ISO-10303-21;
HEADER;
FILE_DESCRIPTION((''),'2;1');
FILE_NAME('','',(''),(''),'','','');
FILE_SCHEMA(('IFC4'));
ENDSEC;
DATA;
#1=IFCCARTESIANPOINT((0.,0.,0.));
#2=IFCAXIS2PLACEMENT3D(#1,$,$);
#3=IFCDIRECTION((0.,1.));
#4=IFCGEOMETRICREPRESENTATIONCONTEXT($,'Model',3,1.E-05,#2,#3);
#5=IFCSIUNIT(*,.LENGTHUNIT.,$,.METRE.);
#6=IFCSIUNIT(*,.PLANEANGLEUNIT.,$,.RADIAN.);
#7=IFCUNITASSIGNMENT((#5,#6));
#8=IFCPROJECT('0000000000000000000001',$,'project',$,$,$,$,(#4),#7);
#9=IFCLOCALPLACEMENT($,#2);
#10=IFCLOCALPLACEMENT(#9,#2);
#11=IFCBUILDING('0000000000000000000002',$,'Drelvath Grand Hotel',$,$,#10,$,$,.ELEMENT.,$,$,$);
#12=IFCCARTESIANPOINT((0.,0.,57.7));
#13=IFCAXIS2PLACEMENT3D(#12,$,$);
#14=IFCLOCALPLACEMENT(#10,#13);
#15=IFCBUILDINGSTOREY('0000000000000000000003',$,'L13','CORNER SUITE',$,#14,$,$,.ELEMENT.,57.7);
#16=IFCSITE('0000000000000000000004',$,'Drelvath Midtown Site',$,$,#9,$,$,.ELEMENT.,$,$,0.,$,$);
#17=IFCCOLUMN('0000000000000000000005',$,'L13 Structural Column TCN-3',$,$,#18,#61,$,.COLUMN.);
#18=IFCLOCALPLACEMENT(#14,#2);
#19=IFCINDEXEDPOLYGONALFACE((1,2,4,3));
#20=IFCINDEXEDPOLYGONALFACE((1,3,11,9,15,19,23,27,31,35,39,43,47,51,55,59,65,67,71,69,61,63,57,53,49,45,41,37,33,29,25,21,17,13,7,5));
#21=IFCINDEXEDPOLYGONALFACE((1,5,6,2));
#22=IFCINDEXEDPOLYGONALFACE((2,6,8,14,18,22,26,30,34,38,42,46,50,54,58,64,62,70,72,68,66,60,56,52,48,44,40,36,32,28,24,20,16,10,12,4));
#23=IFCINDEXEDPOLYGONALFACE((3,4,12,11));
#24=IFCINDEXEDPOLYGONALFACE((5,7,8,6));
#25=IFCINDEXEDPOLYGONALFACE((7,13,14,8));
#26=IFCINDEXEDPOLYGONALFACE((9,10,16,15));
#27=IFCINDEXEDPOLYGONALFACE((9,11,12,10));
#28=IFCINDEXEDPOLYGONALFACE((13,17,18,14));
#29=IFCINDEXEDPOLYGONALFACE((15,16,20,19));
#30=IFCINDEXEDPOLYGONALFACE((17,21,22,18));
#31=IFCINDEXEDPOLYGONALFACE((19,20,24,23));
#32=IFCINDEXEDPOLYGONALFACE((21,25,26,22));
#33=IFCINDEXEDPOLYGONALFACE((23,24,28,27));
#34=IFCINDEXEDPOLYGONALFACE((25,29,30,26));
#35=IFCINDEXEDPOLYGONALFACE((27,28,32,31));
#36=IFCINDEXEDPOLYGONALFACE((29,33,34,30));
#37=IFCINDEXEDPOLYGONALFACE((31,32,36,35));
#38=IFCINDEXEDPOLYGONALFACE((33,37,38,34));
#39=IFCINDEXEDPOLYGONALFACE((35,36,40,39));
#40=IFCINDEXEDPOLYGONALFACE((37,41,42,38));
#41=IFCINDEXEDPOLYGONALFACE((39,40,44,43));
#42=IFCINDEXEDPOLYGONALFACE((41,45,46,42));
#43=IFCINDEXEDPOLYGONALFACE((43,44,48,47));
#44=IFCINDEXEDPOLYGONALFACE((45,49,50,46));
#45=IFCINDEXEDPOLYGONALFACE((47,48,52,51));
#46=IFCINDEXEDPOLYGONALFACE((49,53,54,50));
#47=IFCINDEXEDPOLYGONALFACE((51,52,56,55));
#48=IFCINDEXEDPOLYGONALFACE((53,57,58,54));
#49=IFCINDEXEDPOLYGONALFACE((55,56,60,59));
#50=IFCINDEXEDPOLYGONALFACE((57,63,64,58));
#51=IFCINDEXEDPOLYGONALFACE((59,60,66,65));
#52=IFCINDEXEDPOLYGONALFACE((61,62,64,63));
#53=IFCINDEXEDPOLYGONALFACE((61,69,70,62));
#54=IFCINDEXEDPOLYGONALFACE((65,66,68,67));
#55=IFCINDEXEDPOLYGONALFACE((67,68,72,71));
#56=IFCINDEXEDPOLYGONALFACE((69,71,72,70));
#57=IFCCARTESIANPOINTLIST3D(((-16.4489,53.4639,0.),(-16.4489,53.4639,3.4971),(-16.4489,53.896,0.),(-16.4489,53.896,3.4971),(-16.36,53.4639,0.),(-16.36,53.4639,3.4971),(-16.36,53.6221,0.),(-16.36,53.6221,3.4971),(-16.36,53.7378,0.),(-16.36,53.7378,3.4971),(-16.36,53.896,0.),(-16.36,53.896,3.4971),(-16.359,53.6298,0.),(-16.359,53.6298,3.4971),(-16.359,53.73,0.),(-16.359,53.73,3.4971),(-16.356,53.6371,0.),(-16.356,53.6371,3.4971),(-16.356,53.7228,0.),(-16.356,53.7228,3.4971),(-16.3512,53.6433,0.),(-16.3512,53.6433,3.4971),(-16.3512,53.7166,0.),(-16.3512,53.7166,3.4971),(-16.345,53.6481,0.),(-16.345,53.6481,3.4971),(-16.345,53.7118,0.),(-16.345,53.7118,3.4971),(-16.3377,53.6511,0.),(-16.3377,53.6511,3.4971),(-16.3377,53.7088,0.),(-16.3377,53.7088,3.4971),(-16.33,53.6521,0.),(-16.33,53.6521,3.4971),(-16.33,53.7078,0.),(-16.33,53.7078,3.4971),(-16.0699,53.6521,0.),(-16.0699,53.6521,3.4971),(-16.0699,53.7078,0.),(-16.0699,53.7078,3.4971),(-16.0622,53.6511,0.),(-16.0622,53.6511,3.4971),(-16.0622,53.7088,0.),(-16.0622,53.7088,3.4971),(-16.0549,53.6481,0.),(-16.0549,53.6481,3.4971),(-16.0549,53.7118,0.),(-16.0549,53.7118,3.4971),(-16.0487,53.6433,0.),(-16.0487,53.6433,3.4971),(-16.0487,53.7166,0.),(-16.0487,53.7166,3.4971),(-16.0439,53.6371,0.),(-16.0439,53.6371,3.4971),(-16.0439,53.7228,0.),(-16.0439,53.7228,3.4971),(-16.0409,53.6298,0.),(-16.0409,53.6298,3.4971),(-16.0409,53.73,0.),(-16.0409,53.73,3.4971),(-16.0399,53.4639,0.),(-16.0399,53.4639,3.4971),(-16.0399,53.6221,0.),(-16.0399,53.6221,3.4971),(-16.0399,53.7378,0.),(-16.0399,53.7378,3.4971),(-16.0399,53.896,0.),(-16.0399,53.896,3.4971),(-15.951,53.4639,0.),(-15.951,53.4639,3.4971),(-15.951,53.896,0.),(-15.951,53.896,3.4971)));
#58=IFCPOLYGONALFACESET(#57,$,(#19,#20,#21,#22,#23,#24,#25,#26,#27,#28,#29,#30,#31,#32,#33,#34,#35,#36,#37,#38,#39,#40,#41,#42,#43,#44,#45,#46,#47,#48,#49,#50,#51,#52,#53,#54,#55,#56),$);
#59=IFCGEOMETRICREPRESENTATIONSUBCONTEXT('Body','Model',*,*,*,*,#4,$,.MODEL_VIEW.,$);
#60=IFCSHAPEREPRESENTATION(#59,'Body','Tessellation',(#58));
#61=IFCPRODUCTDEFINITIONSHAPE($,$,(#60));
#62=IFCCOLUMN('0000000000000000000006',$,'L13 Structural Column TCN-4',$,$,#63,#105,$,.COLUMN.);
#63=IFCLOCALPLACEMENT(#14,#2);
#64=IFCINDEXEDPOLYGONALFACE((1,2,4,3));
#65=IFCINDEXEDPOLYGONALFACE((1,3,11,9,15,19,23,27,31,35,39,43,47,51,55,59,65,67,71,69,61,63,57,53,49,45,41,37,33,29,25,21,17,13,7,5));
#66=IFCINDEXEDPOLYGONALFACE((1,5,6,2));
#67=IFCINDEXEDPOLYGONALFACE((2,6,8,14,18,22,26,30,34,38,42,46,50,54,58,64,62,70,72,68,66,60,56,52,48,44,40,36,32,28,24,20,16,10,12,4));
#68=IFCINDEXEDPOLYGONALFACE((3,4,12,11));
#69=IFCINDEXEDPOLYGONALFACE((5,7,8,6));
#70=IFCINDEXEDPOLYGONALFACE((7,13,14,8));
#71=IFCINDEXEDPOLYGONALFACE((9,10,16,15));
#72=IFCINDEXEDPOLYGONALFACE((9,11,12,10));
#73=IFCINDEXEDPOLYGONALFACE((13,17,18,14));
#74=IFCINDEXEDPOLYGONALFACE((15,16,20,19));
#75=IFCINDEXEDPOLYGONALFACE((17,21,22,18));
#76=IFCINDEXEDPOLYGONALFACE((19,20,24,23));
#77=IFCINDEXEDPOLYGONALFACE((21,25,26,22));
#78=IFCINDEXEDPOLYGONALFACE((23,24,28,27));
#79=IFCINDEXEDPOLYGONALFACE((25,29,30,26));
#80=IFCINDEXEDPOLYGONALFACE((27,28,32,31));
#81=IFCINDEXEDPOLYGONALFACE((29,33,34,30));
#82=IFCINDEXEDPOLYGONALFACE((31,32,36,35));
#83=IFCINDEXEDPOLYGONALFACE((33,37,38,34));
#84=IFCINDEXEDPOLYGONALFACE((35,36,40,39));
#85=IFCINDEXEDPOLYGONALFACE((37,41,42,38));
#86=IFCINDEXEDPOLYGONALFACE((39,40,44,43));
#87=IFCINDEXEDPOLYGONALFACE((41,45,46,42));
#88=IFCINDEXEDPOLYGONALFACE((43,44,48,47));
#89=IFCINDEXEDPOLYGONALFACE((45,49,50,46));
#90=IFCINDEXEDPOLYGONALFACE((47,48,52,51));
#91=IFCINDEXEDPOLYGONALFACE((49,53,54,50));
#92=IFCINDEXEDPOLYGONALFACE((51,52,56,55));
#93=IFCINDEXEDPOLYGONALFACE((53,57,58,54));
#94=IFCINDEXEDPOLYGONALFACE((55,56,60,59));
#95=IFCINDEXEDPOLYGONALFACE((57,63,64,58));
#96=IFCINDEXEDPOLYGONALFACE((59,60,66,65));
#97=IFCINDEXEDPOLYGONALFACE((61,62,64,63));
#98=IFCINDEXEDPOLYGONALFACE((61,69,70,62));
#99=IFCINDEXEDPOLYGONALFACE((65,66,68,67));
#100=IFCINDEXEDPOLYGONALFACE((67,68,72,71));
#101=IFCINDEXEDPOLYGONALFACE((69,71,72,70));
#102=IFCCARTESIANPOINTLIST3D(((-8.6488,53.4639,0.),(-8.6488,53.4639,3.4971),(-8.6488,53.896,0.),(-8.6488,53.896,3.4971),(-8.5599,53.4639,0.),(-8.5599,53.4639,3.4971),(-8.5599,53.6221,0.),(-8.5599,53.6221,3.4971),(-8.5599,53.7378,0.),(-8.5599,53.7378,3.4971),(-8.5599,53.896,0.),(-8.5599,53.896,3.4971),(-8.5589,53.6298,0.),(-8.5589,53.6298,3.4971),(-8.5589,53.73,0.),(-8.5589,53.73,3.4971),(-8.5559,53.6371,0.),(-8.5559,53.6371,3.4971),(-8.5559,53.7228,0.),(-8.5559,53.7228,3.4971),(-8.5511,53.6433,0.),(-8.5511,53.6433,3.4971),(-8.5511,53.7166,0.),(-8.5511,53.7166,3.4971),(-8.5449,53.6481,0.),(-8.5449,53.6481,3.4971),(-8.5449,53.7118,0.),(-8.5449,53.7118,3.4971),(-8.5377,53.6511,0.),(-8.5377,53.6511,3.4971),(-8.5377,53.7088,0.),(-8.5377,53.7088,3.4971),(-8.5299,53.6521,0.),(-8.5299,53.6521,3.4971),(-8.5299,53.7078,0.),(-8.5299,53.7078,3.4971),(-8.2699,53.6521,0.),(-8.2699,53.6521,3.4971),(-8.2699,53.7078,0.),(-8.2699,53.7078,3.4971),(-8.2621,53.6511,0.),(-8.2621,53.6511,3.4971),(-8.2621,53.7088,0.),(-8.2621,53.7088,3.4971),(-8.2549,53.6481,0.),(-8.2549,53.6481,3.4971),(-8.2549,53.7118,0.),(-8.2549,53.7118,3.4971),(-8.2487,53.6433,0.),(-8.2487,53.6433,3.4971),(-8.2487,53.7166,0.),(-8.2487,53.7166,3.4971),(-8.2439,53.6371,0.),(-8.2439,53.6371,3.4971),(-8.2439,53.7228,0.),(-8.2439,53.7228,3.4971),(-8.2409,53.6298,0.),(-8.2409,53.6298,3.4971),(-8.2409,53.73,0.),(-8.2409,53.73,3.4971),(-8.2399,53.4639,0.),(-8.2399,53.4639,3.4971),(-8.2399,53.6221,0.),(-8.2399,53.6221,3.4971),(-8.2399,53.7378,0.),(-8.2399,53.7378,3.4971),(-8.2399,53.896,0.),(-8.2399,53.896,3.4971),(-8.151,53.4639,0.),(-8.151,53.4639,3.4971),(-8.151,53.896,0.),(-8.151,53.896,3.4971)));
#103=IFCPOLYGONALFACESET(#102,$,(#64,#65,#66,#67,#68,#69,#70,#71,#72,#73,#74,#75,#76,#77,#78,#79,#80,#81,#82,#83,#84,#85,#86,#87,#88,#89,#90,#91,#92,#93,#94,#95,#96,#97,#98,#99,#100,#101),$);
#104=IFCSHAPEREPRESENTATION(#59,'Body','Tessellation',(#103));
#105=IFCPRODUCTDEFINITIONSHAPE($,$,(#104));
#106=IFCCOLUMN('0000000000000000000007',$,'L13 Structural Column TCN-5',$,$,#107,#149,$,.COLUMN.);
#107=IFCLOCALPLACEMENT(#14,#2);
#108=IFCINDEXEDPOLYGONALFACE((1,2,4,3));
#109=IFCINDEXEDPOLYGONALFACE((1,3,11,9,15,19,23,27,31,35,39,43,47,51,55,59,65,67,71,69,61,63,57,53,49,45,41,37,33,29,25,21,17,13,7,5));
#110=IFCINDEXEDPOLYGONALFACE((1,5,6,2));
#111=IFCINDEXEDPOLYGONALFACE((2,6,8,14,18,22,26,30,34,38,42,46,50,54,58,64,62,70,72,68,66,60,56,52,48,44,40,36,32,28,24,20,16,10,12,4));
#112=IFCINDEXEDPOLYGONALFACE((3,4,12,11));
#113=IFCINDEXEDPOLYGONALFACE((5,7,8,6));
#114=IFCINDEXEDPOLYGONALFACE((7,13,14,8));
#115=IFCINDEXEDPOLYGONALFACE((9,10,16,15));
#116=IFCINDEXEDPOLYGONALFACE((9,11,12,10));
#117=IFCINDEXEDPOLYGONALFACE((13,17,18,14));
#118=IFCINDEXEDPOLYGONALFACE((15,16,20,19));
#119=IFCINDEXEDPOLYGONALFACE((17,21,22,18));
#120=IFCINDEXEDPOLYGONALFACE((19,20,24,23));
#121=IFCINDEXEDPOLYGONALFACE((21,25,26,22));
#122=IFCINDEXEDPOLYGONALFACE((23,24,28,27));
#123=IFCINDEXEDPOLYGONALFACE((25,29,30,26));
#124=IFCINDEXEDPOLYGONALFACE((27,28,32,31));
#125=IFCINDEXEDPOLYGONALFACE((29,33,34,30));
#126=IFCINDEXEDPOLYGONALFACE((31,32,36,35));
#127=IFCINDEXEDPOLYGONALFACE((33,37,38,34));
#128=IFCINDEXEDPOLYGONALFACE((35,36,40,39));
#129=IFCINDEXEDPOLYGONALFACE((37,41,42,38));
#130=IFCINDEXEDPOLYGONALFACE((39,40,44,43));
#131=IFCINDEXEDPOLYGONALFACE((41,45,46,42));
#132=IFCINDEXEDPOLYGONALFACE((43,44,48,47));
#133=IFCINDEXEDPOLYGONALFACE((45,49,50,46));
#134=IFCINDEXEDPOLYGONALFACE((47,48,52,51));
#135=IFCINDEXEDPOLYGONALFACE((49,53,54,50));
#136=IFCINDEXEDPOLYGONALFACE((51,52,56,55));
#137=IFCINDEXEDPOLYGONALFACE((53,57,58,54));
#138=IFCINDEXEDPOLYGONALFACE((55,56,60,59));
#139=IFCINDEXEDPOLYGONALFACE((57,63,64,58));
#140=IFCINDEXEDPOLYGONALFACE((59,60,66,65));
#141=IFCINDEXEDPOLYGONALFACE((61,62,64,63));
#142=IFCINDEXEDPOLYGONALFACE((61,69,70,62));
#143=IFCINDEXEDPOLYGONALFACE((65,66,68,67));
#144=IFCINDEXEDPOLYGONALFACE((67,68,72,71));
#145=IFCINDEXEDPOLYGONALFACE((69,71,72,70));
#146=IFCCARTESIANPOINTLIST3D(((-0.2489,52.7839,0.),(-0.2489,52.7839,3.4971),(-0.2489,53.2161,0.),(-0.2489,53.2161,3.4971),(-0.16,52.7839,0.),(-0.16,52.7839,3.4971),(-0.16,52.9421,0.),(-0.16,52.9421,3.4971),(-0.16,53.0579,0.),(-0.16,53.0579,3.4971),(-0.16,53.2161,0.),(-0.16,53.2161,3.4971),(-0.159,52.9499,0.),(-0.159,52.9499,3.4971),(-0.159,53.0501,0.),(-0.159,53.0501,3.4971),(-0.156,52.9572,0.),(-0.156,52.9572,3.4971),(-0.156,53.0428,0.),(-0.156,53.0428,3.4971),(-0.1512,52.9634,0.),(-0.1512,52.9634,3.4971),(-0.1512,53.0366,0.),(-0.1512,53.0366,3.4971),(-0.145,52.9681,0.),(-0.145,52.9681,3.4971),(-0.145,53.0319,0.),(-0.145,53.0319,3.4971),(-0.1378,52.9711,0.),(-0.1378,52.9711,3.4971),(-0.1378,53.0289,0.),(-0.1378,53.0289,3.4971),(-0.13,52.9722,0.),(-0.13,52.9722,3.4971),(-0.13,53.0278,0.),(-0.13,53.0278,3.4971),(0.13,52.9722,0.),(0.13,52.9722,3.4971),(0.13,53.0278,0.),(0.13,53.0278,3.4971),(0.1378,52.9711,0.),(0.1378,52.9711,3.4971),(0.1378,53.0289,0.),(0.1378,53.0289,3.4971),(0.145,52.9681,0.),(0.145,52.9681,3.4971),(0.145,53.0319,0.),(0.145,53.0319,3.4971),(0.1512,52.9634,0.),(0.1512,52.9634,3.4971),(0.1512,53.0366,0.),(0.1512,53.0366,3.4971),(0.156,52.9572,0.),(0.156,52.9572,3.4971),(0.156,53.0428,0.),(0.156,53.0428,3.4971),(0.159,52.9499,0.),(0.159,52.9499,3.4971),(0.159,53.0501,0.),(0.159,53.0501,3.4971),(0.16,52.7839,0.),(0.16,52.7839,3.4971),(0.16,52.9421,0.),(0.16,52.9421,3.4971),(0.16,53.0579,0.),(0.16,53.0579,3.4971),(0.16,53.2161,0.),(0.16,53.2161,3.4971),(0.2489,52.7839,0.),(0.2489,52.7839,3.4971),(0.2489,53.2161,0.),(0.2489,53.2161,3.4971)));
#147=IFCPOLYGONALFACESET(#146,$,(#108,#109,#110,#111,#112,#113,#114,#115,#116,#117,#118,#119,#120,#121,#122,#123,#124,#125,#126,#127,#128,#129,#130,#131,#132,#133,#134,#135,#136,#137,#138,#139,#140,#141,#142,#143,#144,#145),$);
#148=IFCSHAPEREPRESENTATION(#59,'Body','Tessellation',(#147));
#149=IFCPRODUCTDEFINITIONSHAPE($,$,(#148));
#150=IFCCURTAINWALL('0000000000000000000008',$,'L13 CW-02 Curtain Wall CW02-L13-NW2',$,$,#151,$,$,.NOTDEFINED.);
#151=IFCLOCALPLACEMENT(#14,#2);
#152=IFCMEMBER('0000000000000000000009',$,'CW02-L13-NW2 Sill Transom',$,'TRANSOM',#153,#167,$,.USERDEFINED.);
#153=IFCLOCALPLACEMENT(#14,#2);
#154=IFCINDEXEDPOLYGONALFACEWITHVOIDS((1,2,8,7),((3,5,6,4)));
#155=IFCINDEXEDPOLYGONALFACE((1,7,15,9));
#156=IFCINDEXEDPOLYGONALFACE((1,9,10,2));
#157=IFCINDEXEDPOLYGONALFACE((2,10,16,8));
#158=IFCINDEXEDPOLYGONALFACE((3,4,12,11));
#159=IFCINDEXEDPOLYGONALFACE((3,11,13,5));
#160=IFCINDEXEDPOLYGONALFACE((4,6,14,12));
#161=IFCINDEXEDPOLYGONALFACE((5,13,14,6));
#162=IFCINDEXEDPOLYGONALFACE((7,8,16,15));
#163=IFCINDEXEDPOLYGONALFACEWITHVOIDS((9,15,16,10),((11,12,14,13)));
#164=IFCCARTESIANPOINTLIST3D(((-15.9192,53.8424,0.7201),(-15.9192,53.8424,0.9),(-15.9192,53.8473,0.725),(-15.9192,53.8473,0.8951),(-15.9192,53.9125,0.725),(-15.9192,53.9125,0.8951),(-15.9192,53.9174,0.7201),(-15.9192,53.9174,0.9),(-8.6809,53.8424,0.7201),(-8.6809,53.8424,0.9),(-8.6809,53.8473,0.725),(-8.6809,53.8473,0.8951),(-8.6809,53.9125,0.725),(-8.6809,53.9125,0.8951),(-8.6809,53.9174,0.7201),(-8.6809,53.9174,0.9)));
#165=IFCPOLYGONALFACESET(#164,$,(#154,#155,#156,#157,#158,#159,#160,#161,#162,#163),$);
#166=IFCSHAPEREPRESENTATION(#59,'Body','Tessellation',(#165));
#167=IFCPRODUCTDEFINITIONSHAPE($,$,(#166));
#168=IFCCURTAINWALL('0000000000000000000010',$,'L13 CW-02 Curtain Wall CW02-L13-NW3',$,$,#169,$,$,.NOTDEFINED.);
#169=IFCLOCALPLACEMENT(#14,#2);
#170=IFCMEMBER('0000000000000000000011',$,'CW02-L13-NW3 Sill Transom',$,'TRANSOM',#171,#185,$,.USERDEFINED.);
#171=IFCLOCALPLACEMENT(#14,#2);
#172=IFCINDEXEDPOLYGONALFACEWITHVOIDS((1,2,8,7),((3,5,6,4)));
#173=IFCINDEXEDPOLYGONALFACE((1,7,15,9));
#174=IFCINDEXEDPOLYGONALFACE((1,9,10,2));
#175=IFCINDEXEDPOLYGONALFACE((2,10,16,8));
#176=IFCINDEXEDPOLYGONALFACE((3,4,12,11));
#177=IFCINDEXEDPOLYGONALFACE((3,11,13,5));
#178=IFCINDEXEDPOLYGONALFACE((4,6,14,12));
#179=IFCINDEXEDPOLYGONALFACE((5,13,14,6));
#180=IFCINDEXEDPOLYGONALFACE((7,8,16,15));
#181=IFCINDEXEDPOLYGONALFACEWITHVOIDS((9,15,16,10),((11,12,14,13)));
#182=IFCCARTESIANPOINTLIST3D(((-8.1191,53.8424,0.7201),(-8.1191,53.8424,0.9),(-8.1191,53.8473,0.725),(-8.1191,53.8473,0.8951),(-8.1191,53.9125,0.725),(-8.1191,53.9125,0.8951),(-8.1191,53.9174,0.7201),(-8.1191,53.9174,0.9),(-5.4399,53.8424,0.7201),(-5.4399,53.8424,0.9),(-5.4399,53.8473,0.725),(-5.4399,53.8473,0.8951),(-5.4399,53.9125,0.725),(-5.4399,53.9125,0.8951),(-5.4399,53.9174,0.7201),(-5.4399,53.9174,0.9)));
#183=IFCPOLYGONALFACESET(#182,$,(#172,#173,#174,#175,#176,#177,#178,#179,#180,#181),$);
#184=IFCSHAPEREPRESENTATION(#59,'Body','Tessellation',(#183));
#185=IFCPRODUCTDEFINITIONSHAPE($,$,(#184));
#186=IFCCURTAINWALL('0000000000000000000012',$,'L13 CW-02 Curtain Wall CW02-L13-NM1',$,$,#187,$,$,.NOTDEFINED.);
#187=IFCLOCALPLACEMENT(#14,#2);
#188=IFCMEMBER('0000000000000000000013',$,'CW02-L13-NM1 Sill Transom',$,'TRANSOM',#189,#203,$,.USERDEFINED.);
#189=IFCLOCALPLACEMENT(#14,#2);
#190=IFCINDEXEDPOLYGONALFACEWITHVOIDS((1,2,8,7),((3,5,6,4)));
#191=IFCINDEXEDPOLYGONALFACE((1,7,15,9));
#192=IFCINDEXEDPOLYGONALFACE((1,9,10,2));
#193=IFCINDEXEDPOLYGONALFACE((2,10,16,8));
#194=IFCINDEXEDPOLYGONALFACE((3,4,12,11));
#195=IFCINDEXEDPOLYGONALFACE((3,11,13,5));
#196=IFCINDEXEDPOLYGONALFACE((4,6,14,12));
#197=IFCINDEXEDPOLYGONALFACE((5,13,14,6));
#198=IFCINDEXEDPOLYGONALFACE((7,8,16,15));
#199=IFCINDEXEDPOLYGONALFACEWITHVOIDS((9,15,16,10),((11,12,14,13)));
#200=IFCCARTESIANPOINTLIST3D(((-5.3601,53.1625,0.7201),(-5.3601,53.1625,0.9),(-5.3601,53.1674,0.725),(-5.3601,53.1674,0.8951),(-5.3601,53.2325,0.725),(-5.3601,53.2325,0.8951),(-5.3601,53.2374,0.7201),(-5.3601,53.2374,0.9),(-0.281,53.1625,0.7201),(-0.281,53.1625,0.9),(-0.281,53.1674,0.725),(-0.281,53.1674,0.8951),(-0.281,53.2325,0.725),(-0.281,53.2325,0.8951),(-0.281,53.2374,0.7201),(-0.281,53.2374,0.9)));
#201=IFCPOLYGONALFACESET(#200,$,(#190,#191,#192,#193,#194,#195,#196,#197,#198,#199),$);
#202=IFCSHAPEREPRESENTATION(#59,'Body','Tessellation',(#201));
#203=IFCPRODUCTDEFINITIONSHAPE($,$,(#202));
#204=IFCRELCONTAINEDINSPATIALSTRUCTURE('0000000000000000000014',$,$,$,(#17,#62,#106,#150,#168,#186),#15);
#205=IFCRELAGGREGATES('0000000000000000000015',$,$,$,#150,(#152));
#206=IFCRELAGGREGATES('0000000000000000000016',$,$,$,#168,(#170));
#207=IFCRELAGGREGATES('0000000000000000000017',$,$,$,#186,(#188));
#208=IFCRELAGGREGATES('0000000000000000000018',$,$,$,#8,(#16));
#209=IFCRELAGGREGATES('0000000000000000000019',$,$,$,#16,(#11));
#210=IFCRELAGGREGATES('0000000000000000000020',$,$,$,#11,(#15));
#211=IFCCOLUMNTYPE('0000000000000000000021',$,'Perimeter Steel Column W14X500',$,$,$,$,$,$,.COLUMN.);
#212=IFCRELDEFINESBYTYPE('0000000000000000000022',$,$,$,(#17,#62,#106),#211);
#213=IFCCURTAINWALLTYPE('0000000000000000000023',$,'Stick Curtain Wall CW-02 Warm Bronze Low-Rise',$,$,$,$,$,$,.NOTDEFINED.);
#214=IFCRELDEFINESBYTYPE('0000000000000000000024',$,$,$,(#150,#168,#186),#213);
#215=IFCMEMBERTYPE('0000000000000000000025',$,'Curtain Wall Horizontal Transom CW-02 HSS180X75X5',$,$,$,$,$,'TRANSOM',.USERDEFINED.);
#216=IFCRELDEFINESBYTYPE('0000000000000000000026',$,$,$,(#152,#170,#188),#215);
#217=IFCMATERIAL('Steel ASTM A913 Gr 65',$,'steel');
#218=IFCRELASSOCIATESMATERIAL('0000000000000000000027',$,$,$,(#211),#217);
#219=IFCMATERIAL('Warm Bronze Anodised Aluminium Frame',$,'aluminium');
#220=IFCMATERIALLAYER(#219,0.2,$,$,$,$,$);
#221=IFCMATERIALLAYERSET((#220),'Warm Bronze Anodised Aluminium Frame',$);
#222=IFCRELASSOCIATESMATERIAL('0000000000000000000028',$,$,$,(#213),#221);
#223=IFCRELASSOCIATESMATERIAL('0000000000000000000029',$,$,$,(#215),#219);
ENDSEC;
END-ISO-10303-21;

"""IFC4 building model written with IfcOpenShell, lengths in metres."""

from ifc_helpers import new_model, si_unit, direction, frame, origin, origin_2d, place, context, subcontext, project, spatial, hollow_rectangle, i_section, extrude, material, layer, layer_set, material_profile, profile_set, type_object, element, aggregate, save


model = new_model("IFC4")

# Units and contexts
model_context = context("Model", 3, precision=1e-05, world=origin(), true_north=direction((0.0, 1.0)))
body_context = subcontext(model_context, "Body", "Model", "MODEL_VIEW")
ifc_project = project(units=[si_unit("LENGTHUNIT", "METRE"), si_unit("PLANEANGLEUNIT", "RADIAN")], contexts=[model_context])

# Site, building, storey
site_placement = place(None, origin())
site = spatial("IfcSite", under=ifc_project, at=site_placement, Name="Drelvath Midtown Site", CompositionType="ELEMENT", RefElevation=0.0)
building_placement = place(site_placement, origin())
building = spatial("IfcBuilding", under=site, at=building_placement, Name="Drelvath Grand Hotel", CompositionType="ELEMENT")
storey_placement = place(building_placement, frame((0.0, 0.0, 57.7)))
storey = spatial("IfcBuildingStorey", under=building, at=storey_placement, Name="L13", Description="CORNER SUITE", CompositionType="ELEMENT", Elevation=57.7)

# Columns
ifc_material_1 = material(Name="Steel ASTM A913 Gr 65", Category="steel")
ifc_material_profile_1 = material_profile(ifc_material_1, i_section(OverallWidth=0.4321, OverallDepth=0.4978, WebThickness=0.0557, FlangeThickness=0.0889, FilletRadius=0.03, at=origin_2d()), Name="W14X500")
ifc_profile_set_1 = profile_set([ifc_material_profile_1], Name="Steel ASTM A913 Gr 65")
column_type = type_object("IfcColumnType", Name="Perimeter Steel Column W14X500", PredefinedType="COLUMN", material=ifc_profile_set_1)
for number, where, z_axis, x_axis, name in (
    (1, (-16.2, 53.6799, 0.0), (0.0, 0.0, 1.0), (0.0, 1.0, 0.0), "L13 Structural Column TCN-3"),
    (2, (-8.3999, 53.6799, 0.0), (0.0, 0.0, 1.0), (0.0, 1.0, 0.0), "L13 Structural Column TCN-4"),
    (3, (0.0, 53.0, 0.0), (0.0, 0.0, 1.0), (0.0, 1.0, 0.0), "L13 Structural Column TCN-5"),
):
    element("IfcColumn", number, at=place(storey_placement, frame(where, z_axis=z_axis, x_axis=x_axis)), inside=storey, type_object=column_type, Name=name, PredefinedType="COLUMN", context=body_context, shape_type="SweptSolid", body=[
        extrude(i_section(OverallWidth=0.4321, OverallDepth=0.4978, WebThickness=0.0557, FlangeThickness=0.0889, FilletRadius=0.03, at=origin_2d()), origin(), (0.0, 0.0, 1.0), 3.4971),
    ])

# Curtain walls, members
ifc_material_2 = material(Name="Warm Bronze Anodised Aluminium Frame", Category="aluminium")
ifc_layer_1 = layer(ifc_material_2, 0.2)
ifc_layer_set_1 = layer_set([ifc_layer_1], Name="Warm Bronze Anodised Aluminium Frame")
curtain_wall_type = type_object("IfcCurtainWallType", Name="Stick Curtain Wall CW-02 Warm Bronze Low-Rise", PredefinedType="NOTDEFINED", material=ifc_layer_set_1)
curtain_wall_1_placement = place(storey_placement, origin())
curtain_wall_1 = element("IfcCurtainWall", 4, at=curtain_wall_1_placement, inside=storey, type_object=curtain_wall_type, Name="L13 CW-02 Curtain Wall CW02-L13-NW2", PredefinedType="NOTDEFINED")
ifc_material_profile_2 = material_profile(ifc_material_2, hollow_rectangle(XDim=0.075, YDim=0.1799, WallThickness=0.0049, at=origin_2d()), Name="HSS180X75X5")
ifc_profile_set_2 = profile_set([ifc_material_profile_2], Name="Warm Bronze Anodised Aluminium Frame")
member_type_1 = type_object("IfcMemberType", Name="Curtain Wall Horizontal Transom CW-02 HSS180X75X5", ElementType="TRANSOM", PredefinedType="USERDEFINED", material=ifc_profile_set_2)
member_1_placement = place(storey_placement, frame((-15.9192, 53.8799, 0.8101), z_axis=(1.0, 0.0, 0.0), x_axis=(0.0, 1.0, 0.0)))
member_1 = element("IfcMember", 5, at=member_1_placement, type_object=member_type_1, Name="CW02-L13-NW2 Sill Transom", ObjectType="TRANSOM", PredefinedType="USERDEFINED", context=body_context, shape_type="SweptSolid", body=[
    extrude(hollow_rectangle(XDim=0.075, YDim=0.1799, WallThickness=0.0049, at=origin_2d()), origin(), (0.0, 0.0, 1.0), 7.2383),
])
curtain_wall_2_placement = place(storey_placement, origin())
curtain_wall_2 = element("IfcCurtainWall", 6, at=curtain_wall_2_placement, inside=storey, type_object=curtain_wall_type, Name="L13 CW-02 Curtain Wall CW02-L13-NW3", PredefinedType="NOTDEFINED")
member_2_placement = place(storey_placement, frame((-8.1191, 53.8799, 0.8101), z_axis=(1.0, 0.0, 0.0), x_axis=(0.0, 1.0, 0.0)))
member_2 = element("IfcMember", 7, at=member_2_placement, type_object=member_type_1, Name="CW02-L13-NW3 Sill Transom", ObjectType="TRANSOM", PredefinedType="USERDEFINED", context=body_context, shape_type="SweptSolid", body=[
    extrude(hollow_rectangle(XDim=0.075, YDim=0.1799, WallThickness=0.0049, at=origin_2d()), origin(), (0.0, 0.0, 1.0), 2.6792),
])
curtain_wall_3_placement = place(storey_placement, origin())
curtain_wall_3 = element("IfcCurtainWall", 8, at=curtain_wall_3_placement, inside=storey, type_object=curtain_wall_type, Name="L13 CW-02 Curtain Wall CW02-L13-NM1", PredefinedType="NOTDEFINED")
member_3_placement = place(storey_placement, frame((-5.3601, 53.2, 0.8101), z_axis=(1.0, 0.0, 0.0), x_axis=(0.0, 1.0, 0.0)))
member_3 = element("IfcMember", 9, at=member_3_placement, type_object=member_type_1, Name="CW02-L13-NM1 Sill Transom", ObjectType="TRANSOM", PredefinedType="USERDEFINED", context=body_context, shape_type="SweptSolid", body=[
    extrude(hollow_rectangle(XDim=0.075, YDim=0.1799, WallThickness=0.0049, at=origin_2d()), origin(), (0.0, 0.0, 1.0), 5.0791),
])

aggregate(curtain_wall_1, [member_1])
aggregate(curtain_wall_2, [member_2])
aggregate(curtain_wall_3, [member_3])

save(model, "model.ifc")
